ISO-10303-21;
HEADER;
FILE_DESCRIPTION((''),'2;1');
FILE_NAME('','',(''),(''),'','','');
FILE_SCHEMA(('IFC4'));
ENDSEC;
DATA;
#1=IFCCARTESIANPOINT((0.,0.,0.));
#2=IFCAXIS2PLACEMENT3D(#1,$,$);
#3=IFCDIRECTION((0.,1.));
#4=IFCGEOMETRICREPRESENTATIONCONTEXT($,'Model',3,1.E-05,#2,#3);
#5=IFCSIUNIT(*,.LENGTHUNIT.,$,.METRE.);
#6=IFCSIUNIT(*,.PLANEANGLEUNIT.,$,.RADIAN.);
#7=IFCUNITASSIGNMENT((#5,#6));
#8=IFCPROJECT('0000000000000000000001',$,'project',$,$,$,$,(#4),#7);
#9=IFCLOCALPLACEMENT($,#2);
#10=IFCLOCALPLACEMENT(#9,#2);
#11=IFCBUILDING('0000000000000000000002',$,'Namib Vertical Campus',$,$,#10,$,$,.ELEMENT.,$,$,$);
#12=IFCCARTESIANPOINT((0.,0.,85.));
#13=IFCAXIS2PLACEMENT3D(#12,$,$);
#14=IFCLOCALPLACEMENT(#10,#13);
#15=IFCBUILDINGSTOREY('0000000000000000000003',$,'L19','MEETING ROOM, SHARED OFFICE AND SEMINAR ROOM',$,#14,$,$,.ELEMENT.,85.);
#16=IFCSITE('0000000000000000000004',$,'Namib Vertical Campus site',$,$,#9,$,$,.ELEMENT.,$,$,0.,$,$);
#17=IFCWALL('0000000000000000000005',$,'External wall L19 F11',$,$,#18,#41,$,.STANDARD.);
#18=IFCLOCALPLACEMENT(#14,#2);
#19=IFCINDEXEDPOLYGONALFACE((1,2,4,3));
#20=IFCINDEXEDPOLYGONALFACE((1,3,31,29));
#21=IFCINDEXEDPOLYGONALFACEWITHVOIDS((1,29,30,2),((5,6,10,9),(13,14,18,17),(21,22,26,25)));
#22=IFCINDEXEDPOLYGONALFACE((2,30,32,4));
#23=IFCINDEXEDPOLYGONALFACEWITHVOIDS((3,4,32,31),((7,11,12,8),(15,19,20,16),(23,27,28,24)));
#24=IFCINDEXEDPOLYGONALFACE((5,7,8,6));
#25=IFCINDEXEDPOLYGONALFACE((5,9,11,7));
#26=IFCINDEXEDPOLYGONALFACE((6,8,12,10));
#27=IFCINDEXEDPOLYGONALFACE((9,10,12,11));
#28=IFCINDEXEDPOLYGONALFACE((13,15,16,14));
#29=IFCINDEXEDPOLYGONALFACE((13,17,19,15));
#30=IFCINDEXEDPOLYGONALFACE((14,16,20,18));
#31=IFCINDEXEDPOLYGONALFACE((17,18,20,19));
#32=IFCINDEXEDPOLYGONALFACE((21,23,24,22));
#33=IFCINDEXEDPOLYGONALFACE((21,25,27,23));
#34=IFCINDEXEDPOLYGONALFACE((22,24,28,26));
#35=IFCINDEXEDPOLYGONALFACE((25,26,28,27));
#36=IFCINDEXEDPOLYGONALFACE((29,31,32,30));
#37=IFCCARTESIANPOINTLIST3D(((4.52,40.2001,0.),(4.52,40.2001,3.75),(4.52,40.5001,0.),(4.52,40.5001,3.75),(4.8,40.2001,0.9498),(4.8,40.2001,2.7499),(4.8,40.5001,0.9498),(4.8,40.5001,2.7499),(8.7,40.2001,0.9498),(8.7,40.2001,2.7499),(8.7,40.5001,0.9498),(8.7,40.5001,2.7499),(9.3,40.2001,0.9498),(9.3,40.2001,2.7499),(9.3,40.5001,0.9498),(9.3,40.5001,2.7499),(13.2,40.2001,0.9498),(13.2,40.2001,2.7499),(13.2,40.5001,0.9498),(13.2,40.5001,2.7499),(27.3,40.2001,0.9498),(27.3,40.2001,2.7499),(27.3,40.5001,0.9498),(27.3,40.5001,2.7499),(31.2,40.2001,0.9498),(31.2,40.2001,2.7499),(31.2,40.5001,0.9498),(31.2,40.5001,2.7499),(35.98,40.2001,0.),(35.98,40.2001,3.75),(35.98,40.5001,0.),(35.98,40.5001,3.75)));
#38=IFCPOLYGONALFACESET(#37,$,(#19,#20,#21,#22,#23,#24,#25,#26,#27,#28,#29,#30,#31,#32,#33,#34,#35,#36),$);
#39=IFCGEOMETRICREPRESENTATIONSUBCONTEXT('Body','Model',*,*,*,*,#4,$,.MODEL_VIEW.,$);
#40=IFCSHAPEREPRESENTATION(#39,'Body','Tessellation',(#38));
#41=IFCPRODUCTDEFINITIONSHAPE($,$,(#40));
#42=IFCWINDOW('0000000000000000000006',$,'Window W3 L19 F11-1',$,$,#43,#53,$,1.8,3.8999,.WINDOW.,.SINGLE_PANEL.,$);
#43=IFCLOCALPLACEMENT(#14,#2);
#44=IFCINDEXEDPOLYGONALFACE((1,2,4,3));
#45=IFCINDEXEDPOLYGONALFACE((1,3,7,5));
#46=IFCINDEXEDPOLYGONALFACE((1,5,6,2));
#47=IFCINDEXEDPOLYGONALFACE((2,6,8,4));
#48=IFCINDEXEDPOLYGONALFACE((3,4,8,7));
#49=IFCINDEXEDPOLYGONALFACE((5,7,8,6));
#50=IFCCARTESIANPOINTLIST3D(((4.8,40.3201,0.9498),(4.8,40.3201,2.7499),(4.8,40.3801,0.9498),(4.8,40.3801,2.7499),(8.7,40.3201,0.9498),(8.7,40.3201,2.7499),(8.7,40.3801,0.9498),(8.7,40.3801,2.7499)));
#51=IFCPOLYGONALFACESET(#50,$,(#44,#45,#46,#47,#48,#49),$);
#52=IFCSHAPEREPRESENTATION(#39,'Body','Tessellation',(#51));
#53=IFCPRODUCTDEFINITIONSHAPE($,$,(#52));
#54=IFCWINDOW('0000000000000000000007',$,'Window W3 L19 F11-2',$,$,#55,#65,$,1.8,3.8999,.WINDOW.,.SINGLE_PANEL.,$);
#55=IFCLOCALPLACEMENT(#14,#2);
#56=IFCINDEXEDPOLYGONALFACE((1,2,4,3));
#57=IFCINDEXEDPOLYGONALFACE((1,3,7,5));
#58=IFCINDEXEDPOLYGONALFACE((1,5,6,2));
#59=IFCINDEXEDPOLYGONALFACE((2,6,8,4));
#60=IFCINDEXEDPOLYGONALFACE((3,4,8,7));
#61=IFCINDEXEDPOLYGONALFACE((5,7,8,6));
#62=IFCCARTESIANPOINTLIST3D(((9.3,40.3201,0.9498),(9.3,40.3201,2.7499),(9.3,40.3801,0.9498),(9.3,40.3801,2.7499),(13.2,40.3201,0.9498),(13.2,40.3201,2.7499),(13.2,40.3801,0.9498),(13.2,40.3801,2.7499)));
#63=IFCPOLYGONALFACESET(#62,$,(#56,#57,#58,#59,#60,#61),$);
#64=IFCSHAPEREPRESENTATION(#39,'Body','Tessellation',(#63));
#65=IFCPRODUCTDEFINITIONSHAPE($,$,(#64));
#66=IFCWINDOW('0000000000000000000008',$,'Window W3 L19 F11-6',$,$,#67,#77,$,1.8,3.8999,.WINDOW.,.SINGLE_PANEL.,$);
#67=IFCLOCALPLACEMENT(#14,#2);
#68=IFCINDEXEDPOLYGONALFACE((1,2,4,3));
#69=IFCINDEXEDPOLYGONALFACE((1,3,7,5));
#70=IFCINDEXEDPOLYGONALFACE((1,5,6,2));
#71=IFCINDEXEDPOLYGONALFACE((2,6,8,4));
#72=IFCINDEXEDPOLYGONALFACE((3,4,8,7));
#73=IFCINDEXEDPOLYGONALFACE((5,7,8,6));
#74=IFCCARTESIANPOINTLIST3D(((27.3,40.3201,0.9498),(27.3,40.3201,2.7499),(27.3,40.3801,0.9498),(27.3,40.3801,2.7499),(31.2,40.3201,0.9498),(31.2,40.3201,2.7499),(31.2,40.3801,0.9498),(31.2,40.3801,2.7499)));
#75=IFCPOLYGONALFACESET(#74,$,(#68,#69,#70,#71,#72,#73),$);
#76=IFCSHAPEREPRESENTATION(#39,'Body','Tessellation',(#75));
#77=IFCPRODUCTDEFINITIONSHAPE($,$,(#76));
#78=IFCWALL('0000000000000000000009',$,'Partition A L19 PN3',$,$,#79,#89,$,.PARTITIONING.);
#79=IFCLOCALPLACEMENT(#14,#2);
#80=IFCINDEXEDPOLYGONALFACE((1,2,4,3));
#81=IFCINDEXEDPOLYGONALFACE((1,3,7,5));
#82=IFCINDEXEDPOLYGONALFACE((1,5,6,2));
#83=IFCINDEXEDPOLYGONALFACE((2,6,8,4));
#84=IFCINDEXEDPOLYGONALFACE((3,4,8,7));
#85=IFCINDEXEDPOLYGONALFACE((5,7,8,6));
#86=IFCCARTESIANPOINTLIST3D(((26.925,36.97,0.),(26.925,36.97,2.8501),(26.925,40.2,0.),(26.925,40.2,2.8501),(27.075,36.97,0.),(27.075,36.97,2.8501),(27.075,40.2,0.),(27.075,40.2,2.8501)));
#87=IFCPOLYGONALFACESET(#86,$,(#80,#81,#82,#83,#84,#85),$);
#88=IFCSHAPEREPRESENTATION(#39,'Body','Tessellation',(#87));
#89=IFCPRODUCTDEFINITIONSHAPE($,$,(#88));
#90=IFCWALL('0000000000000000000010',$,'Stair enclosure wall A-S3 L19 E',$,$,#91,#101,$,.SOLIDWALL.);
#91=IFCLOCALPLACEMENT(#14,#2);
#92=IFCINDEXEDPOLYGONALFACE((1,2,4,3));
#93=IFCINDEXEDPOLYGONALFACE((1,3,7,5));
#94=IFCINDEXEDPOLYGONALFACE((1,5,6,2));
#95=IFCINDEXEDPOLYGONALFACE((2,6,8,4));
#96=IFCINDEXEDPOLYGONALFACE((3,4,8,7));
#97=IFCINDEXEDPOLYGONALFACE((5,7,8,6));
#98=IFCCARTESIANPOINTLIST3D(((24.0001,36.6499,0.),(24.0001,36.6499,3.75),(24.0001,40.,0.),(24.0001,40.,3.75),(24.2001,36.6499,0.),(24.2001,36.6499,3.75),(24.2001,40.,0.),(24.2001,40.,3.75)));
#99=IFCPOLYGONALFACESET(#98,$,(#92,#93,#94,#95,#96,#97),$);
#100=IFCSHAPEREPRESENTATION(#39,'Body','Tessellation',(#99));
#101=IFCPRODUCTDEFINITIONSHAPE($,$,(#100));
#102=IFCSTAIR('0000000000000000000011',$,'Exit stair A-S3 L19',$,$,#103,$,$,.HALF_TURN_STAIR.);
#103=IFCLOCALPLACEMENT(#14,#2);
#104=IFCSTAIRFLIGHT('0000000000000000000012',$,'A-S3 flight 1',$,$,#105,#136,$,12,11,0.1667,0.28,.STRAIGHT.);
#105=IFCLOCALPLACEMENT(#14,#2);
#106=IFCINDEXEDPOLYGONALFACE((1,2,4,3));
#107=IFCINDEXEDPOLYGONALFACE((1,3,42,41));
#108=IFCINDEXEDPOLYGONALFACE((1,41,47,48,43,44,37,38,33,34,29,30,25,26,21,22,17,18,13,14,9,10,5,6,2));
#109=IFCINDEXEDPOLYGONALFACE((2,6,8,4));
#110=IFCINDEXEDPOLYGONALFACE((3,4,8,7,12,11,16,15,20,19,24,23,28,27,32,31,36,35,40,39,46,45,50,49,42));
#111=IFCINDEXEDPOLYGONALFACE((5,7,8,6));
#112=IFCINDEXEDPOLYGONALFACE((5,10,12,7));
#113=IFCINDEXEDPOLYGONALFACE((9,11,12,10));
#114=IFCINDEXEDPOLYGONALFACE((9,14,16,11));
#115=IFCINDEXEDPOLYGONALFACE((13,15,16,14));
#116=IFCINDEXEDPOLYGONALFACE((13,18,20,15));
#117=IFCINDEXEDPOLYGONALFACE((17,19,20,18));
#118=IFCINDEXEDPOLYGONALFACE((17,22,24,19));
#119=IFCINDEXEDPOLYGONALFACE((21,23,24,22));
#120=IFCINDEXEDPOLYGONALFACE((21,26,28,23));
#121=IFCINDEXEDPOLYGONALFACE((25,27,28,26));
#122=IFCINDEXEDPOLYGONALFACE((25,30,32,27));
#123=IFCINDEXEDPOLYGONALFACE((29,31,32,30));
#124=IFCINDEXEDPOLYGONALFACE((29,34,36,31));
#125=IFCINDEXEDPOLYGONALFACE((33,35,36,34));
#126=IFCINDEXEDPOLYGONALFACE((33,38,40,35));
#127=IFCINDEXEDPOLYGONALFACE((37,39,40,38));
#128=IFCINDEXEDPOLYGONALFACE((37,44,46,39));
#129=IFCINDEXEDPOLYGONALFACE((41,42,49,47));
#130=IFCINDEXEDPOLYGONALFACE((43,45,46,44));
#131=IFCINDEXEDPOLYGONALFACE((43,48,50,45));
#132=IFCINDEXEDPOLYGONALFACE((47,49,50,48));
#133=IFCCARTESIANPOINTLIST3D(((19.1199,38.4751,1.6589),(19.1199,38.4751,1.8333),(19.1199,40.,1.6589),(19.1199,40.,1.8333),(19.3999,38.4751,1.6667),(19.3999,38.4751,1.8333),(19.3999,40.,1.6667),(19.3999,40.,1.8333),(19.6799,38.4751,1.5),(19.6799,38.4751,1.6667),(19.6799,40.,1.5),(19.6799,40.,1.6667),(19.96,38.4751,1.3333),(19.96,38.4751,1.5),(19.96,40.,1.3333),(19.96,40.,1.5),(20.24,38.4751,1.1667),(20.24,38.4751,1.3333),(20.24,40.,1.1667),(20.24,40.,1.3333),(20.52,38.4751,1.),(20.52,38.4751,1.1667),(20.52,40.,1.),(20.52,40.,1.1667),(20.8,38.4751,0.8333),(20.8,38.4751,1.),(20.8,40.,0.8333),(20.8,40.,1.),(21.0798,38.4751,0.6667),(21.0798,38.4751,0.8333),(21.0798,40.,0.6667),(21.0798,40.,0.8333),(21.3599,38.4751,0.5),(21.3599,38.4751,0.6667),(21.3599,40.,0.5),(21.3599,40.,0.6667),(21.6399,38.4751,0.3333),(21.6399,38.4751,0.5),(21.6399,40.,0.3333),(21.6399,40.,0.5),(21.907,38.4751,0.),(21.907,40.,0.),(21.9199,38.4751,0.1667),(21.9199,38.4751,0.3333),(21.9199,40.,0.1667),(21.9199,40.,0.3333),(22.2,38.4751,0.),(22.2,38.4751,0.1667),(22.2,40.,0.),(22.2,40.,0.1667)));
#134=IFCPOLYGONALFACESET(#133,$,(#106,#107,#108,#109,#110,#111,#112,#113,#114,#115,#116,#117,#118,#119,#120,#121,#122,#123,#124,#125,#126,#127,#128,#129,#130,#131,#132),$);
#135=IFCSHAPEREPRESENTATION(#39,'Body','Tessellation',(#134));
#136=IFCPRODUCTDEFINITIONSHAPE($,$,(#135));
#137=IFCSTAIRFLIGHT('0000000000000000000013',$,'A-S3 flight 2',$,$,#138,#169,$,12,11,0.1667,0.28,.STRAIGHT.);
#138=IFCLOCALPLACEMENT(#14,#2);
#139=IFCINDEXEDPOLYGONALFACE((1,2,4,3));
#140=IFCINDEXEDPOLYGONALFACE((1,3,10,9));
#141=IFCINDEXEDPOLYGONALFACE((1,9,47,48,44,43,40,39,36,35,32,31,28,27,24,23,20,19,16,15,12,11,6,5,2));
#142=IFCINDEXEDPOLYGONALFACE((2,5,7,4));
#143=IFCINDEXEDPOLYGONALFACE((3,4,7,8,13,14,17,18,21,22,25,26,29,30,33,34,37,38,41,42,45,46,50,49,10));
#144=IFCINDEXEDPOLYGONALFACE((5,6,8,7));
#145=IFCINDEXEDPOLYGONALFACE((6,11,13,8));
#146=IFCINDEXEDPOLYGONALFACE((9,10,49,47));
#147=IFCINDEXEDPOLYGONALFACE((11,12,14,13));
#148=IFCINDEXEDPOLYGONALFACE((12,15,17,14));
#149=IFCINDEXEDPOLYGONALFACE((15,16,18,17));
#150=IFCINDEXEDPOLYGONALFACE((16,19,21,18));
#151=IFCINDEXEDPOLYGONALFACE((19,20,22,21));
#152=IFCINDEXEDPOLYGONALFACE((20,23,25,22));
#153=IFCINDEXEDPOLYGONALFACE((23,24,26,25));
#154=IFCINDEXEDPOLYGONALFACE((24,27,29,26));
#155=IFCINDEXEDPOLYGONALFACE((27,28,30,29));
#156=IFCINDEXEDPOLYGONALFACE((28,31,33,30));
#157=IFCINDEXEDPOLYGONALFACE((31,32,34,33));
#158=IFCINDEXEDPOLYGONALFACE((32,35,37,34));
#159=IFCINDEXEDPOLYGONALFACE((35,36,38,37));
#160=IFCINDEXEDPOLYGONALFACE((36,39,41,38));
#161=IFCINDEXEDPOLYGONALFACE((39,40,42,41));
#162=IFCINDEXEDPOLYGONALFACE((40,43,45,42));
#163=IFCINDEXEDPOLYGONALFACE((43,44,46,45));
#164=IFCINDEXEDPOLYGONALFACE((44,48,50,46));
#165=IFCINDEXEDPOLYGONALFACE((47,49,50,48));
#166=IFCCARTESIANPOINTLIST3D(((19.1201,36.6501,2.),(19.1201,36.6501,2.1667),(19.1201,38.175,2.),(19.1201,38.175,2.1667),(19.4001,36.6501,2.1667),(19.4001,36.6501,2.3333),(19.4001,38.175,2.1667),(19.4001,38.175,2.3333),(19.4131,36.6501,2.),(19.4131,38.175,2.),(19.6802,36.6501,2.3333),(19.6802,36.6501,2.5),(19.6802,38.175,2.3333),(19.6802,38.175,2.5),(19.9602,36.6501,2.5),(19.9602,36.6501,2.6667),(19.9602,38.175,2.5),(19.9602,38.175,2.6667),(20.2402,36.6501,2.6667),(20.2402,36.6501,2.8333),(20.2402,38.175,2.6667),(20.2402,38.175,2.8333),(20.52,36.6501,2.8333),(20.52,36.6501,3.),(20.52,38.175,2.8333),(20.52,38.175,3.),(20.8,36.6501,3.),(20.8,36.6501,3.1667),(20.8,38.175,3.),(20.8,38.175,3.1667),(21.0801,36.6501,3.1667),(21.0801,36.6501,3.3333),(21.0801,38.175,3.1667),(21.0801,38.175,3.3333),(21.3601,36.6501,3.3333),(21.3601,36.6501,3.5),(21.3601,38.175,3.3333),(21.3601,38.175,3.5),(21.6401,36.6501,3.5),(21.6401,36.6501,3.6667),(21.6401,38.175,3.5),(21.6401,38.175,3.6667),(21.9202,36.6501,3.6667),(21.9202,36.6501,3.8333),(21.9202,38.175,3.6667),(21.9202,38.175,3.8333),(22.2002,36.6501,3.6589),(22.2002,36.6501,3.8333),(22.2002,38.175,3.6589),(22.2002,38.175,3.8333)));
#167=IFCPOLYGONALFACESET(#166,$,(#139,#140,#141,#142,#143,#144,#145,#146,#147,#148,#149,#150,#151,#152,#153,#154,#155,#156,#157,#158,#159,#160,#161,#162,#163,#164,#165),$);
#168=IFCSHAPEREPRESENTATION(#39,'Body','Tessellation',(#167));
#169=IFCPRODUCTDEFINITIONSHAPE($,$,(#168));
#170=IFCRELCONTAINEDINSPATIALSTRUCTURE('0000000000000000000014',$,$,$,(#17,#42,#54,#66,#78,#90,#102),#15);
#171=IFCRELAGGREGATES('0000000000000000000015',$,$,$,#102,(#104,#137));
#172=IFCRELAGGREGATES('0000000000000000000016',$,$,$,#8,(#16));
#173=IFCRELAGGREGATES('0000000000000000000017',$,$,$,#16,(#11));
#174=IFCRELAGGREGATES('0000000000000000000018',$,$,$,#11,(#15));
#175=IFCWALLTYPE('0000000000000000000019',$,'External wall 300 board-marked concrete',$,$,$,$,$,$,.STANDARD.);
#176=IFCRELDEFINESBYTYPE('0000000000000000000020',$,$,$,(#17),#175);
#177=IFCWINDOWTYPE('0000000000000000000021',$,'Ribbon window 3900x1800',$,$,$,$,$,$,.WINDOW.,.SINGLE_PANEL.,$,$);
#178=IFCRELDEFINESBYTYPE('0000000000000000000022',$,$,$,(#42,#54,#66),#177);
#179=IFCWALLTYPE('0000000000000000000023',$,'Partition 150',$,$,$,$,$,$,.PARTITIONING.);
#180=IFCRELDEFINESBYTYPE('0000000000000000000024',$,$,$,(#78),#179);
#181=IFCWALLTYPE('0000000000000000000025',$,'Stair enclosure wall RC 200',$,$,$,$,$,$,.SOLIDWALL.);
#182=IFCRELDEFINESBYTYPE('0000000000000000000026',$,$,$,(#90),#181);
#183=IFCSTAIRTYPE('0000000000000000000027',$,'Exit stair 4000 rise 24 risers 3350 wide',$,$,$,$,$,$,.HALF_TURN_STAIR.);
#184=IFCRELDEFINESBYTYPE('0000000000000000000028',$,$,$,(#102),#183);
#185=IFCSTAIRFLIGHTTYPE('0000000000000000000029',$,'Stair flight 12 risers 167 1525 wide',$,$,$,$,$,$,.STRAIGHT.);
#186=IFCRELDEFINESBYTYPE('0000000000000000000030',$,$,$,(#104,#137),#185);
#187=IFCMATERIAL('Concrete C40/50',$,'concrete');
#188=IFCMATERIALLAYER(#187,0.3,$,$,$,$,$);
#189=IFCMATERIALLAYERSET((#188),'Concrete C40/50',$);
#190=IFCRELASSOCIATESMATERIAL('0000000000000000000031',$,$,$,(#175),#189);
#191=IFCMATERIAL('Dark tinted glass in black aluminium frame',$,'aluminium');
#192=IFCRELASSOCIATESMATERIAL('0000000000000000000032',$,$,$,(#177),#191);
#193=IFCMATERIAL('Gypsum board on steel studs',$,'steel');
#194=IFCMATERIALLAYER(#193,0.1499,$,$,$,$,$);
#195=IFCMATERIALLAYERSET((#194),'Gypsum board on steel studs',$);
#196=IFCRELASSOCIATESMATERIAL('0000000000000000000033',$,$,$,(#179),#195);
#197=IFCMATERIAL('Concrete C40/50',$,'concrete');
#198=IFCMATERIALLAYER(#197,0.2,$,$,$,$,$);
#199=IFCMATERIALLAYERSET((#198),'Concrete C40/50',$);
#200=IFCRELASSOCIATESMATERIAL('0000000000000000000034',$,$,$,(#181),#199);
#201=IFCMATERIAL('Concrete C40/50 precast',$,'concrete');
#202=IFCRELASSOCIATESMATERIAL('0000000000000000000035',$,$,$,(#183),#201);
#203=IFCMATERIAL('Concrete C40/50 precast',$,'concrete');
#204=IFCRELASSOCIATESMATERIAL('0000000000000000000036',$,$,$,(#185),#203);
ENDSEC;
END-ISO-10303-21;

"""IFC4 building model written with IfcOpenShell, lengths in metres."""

from ifc_helpers import new_model, si_unit, direction, frame, frame_2d, origin, place, context, subcontext, project, spatial, polyline, rectangle, outline, extrude, material, layer, layer_set, type_object, element, fill, aggregate, save


model = new_model("IFC4")

# Units and contexts
model_context = context("Model", 3, precision=1e-05, world=origin(), true_north=direction((0.0, 1.0)))
body_context = subcontext(model_context, "Body", "Model", "MODEL_VIEW")
ifc_project = project(units=[si_unit("LENGTHUNIT", "METRE"), si_unit("PLANEANGLEUNIT", "RADIAN")], contexts=[model_context])

# Site, building, storey
site_placement = place(None, origin())
site = spatial("IfcSite", under=ifc_project, at=site_placement, Name="Namib Vertical Campus site", CompositionType="ELEMENT", RefElevation=0.0)
building_placement = place(site_placement, origin())
building = spatial("IfcBuilding", under=site, at=building_placement, Name="Namib Vertical Campus", CompositionType="ELEMENT")
storey_placement = place(building_placement, frame((0.0, 0.0, 85.0)))
storey = spatial("IfcBuildingStorey", under=building, at=storey_placement, Name="L19", Description="MEETING ROOM, SHARED OFFICE AND SEMINAR ROOM", CompositionType="ELEMENT", Elevation=85.0)

# Shared definitions
ifc_material_1 = material(Name="Concrete C40/50", Category="concrete")
ifc_layer_1 = layer(ifc_material_1, 0.3)
ifc_layer_set_1 = layer_set([ifc_layer_1], Name="Concrete C40/50")
wall_type_1 = type_object("IfcWallType", Name="External wall 300 board-marked concrete", PredefinedType="STANDARD", material=ifc_layer_set_1)

# Wall, openings, windows
wall_1_placement = place(storey_placement, frame((35.98, 40.3501, 0.0), z_axis=(0.0, 0.0, 1.0), x_axis=(-1.0, 0.0, 0.0)))
wall_1 = element("IfcWall", 1, at=wall_1_placement, inside=storey, type_object=wall_type_1, Name="External wall L19 F11", PredefinedType="STANDARD", context=body_context, shape_type="SweptSolid", body=[
    extrude(rectangle(XDim=31.46, YDim=0.3, at=frame_2d((15.73, 0.0))), origin(), (0.0, 0.0, 1.0), 3.75),
])
opening_1_placement = place(wall_1_placement, frame((27.28, 0.0, 0.95)))
opening_1 = element("IfcOpeningElement", 2, at=opening_1_placement, cuts=wall_1, PredefinedType="OPENING", context=body_context, shape_type="SweptSolid", body=[
    extrude(rectangle(XDim=3.8999, YDim=1.8, at=frame_2d((1.95, 0.8999))), frame((0.0, 0.1599, 0.0), z_axis=(0.0, -1.0, 0.0), x_axis=(1.0, 0.0, 0.0)), (0.0, 0.0, 1.0), 0.3201),
])
opening_2_placement = place(wall_1_placement, frame((22.78, 0.0, 0.95)))
opening_2 = element("IfcOpeningElement", 3, at=opening_2_placement, cuts=wall_1, PredefinedType="OPENING", context=body_context, shape_type="SweptSolid", body=[
    extrude(rectangle(XDim=3.8999, YDim=1.8, at=frame_2d((1.95, 0.8999))), frame((0.0, 0.1599, 0.0), z_axis=(0.0, -1.0, 0.0), x_axis=(1.0, 0.0, 0.0)), (0.0, 0.0, 1.0), 0.3201),
])
opening_3_placement = place(wall_1_placement, frame((4.78, 0.0, 0.95)))
opening_3 = element("IfcOpeningElement", 4, at=opening_3_placement, cuts=wall_1, PredefinedType="OPENING", context=body_context, shape_type="SweptSolid", body=[
    extrude(rectangle(XDim=3.8999, YDim=1.8, at=frame_2d((1.95, 0.8999))), frame((0.0, 0.1599, 0.0), z_axis=(0.0, -1.0, 0.0), x_axis=(1.0, 0.0, 0.0)), (0.0, 0.0, 1.0), 0.3201),
])
ifc_material_2 = material(Name="Dark tinted glass in black aluminium frame", Category="aluminium")
window_type = type_object("IfcWindowType", Name="Ribbon window 3900x1800", PartitioningType="SINGLE_PANEL", PredefinedType="WINDOW", material=ifc_material_2)
window_1_placement = place(opening_1_placement, origin())
window_1 = element("IfcWindow", 5, at=window_1_placement, inside=storey, type_object=window_type, Name="Window W3 L19 F11-1", OverallHeight=1.8, OverallWidth=3.8999, PartitioningType="SINGLE_PANEL", PredefinedType="WINDOW", context=body_context, shape_type="SweptSolid", body=[
    extrude(rectangle(XDim=3.8999, YDim=1.8, at=frame_2d((1.95, 0.8999))), frame((0.0, 0.03, 0.0), z_axis=(0.0, -1.0, 0.0), x_axis=(1.0, 0.0, 0.0)), (0.0, 0.0, 1.0), 0.0601),
])
fill(opening_1, window_1)
window_2_placement = place(opening_2_placement, origin())
window_2 = element("IfcWindow", 6, at=window_2_placement, inside=storey, type_object=window_type, Name="Window W3 L19 F11-2", OverallHeight=1.8, OverallWidth=3.8999, PartitioningType="SINGLE_PANEL", PredefinedType="WINDOW", context=body_context, shape_type="SweptSolid", body=[
    extrude(rectangle(XDim=3.8999, YDim=1.8, at=frame_2d((1.95, 0.8999))), frame((0.0, 0.03, 0.0), z_axis=(0.0, -1.0, 0.0), x_axis=(1.0, 0.0, 0.0)), (0.0, 0.0, 1.0), 0.0601),
])
fill(opening_2, window_2)
window_3_placement = place(opening_3_placement, origin())
window_3 = element("IfcWindow", 7, at=window_3_placement, inside=storey, type_object=window_type, Name="Window W3 L19 F11-6", OverallHeight=1.8, OverallWidth=3.8999, PartitioningType="SINGLE_PANEL", PredefinedType="WINDOW", context=body_context, shape_type="SweptSolid", body=[
    extrude(rectangle(XDim=3.8999, YDim=1.8, at=frame_2d((1.95, 0.8999))), frame((0.0, 0.03, 0.0), z_axis=(0.0, -1.0, 0.0), x_axis=(1.0, 0.0, 0.0)), (0.0, 0.0, 1.0), 0.0601),
])
fill(opening_3, window_3)

# Walls
ifc_material_3 = material(Name="Gypsum board on steel studs", Category="steel")
ifc_layer_2 = layer(ifc_material_3, 0.1499)
ifc_layer_set_2 = layer_set([ifc_layer_2], Name="Gypsum board on steel studs")
wall_type_2 = type_object("IfcWallType", Name="Partition 150", PredefinedType="PARTITIONING", material=ifc_layer_set_2)
wall_2_placement = place(storey_placement, frame((27.0, 36.97, 0.0), z_axis=(0.0, 0.0, 1.0), x_axis=(0.0, 1.0, 0.0)))
element("IfcWall", 8, at=wall_2_placement, inside=storey, type_object=wall_type_2, Name="Partition A L19 PN3", PredefinedType="PARTITIONING", context=body_context, shape_type="SweptSolid", body=[
    extrude(rectangle(XDim=3.23, YDim=0.1499, at=frame_2d((1.615, 0.0))), origin(), (0.0, 0.0, 1.0), 2.8501),
])
ifc_material_4 = material(Name="Concrete C40/50", Category="concrete")
ifc_layer_3 = layer(ifc_material_4, 0.2)
ifc_layer_set_3 = layer_set([ifc_layer_3], Name="Concrete C40/50")
wall_type_3 = type_object("IfcWallType", Name="Stair enclosure wall RC 200", PredefinedType="SOLIDWALL", material=ifc_layer_set_3)
wall_3_placement = place(storey_placement, frame((24.1001, 36.6499, 0.0), z_axis=(0.0, 0.0, 1.0), x_axis=(0.0, 1.0, 0.0)))
element("IfcWall", 9, at=wall_3_placement, inside=storey, type_object=wall_type_3, Name="Stair enclosure wall A-S3 L19 E", PredefinedType="SOLIDWALL", context=body_context, shape_type="SweptSolid", body=[
    extrude(rectangle(XDim=3.3501, YDim=0.2, at=frame_2d((1.675, 0.0))), origin(), (0.0, 0.0, 1.0), 3.75),
])

# Stair, stair flights
ifc_material_5 = material(Name="Concrete C40/50 precast", Category="concrete")
stair_type = type_object("IfcStairType", Name="Exit stair 4000 rise 24 risers 3350 wide", PredefinedType="HALF_TURN_STAIR", material=ifc_material_5)
stair_placement = place(storey_placement, origin())
stair = element("IfcStair", 10, at=stair_placement, inside=storey, type_object=stair_type, Name="Exit stair A-S3 L19", PredefinedType="HALF_TURN_STAIR")
ifc_material_6 = material(Name="Concrete C40/50 precast", Category="concrete")
stair_flight_type = type_object("IfcStairFlightType", Name="Stair flight 12 risers 167 1525 wide", PredefinedType="STRAIGHT", material=ifc_material_6)
stair_flight_1_placement = place(storey_placement, frame((22.2, 39.2375, 0.0), z_axis=(0.0, 0.0, 1.0), x_axis=(-1.0, 0.0, 0.0)))
stair_flight_1 = element("IfcStairFlight", 11, at=stair_flight_1_placement, type_object=stair_flight_type, Name="A-S3 flight 1", NumberOfRisers=12, NumberOfTreads=11, PredefinedType="STRAIGHT", RiserHeight=0.1667, TreadLength=0.28, context=body_context, shape_type="SweptSolid", body=[
    extrude(outline(polyline([(0.0, 0.0), (0.0, 0.1667), (0.28, 0.1667), (0.28, 0.3333), (0.5601, 0.3333), (0.5601, 0.5), (0.8401, 0.5), (0.8401, 0.6667), (1.1201, 0.6667), (1.1201, 0.8333), (1.3999, 0.8333), (1.3999, 1.0), (1.6799, 1.0), (1.6799, 1.1667), (1.96, 1.1667), (1.96, 1.3333), (2.24, 1.3333), (2.24, 1.5), (2.52, 1.5), (2.52, 1.6667), (2.8, 1.6667), (2.8, 1.8333), (3.0801, 1.8333), (3.0801, 2.0), (3.0801, 1.6589), (0.293, 0.0), (0.0, 0.0)])), frame((0.0, 0.7625, 0.0), z_axis=(0.0, -1.0, 0.0), x_axis=(1.0, 0.0, 0.0)), (0.0, 0.0, 1.0), 1.5249),
])
stair_flight_2_placement = place(storey_placement, frame((19.1201, 37.4126, 2.0), z_axis=(0.0, 0.0, 1.0), x_axis=(1.0, 0.0, 0.0)))
stair_flight_2 = element("IfcStairFlight", 12, at=stair_flight_2_placement, type_object=stair_flight_type, Name="A-S3 flight 2", NumberOfRisers=12, NumberOfTreads=11, PredefinedType="STRAIGHT", RiserHeight=0.1667, TreadLength=0.28, context=body_context, shape_type="SweptSolid", body=[
    extrude(outline(polyline([(0.0, 0.0), (0.0, 0.1667), (0.28, 0.1667), (0.28, 0.3333), (0.5601, 0.3333), (0.5601, 0.5), (0.8401, 0.5), (0.8401, 0.6667), (1.1201, 0.6667), (1.1201, 0.8333), (1.3999, 0.8333), (1.3999, 1.0), (1.6799, 1.0), (1.6799, 1.1667), (1.96, 1.1667), (1.96, 1.3333), (2.24, 1.3333), (2.24, 1.5), (2.52, 1.5), (2.52, 1.6667), (2.8, 1.6667), (2.8, 1.8333), (3.0801, 1.8333), (3.0801, 2.0), (3.0801, 1.6589), (0.293, 0.0), (0.0, 0.0)])), frame((0.0, 0.7625, 0.0), z_axis=(0.0, -1.0, 0.0), x_axis=(1.0, 0.0, 0.0)), (0.0, 0.0, 1.0), 1.5249),
])
aggregate(stair, [stair_flight_1, stair_flight_2])

save(model, "model.ifc")
